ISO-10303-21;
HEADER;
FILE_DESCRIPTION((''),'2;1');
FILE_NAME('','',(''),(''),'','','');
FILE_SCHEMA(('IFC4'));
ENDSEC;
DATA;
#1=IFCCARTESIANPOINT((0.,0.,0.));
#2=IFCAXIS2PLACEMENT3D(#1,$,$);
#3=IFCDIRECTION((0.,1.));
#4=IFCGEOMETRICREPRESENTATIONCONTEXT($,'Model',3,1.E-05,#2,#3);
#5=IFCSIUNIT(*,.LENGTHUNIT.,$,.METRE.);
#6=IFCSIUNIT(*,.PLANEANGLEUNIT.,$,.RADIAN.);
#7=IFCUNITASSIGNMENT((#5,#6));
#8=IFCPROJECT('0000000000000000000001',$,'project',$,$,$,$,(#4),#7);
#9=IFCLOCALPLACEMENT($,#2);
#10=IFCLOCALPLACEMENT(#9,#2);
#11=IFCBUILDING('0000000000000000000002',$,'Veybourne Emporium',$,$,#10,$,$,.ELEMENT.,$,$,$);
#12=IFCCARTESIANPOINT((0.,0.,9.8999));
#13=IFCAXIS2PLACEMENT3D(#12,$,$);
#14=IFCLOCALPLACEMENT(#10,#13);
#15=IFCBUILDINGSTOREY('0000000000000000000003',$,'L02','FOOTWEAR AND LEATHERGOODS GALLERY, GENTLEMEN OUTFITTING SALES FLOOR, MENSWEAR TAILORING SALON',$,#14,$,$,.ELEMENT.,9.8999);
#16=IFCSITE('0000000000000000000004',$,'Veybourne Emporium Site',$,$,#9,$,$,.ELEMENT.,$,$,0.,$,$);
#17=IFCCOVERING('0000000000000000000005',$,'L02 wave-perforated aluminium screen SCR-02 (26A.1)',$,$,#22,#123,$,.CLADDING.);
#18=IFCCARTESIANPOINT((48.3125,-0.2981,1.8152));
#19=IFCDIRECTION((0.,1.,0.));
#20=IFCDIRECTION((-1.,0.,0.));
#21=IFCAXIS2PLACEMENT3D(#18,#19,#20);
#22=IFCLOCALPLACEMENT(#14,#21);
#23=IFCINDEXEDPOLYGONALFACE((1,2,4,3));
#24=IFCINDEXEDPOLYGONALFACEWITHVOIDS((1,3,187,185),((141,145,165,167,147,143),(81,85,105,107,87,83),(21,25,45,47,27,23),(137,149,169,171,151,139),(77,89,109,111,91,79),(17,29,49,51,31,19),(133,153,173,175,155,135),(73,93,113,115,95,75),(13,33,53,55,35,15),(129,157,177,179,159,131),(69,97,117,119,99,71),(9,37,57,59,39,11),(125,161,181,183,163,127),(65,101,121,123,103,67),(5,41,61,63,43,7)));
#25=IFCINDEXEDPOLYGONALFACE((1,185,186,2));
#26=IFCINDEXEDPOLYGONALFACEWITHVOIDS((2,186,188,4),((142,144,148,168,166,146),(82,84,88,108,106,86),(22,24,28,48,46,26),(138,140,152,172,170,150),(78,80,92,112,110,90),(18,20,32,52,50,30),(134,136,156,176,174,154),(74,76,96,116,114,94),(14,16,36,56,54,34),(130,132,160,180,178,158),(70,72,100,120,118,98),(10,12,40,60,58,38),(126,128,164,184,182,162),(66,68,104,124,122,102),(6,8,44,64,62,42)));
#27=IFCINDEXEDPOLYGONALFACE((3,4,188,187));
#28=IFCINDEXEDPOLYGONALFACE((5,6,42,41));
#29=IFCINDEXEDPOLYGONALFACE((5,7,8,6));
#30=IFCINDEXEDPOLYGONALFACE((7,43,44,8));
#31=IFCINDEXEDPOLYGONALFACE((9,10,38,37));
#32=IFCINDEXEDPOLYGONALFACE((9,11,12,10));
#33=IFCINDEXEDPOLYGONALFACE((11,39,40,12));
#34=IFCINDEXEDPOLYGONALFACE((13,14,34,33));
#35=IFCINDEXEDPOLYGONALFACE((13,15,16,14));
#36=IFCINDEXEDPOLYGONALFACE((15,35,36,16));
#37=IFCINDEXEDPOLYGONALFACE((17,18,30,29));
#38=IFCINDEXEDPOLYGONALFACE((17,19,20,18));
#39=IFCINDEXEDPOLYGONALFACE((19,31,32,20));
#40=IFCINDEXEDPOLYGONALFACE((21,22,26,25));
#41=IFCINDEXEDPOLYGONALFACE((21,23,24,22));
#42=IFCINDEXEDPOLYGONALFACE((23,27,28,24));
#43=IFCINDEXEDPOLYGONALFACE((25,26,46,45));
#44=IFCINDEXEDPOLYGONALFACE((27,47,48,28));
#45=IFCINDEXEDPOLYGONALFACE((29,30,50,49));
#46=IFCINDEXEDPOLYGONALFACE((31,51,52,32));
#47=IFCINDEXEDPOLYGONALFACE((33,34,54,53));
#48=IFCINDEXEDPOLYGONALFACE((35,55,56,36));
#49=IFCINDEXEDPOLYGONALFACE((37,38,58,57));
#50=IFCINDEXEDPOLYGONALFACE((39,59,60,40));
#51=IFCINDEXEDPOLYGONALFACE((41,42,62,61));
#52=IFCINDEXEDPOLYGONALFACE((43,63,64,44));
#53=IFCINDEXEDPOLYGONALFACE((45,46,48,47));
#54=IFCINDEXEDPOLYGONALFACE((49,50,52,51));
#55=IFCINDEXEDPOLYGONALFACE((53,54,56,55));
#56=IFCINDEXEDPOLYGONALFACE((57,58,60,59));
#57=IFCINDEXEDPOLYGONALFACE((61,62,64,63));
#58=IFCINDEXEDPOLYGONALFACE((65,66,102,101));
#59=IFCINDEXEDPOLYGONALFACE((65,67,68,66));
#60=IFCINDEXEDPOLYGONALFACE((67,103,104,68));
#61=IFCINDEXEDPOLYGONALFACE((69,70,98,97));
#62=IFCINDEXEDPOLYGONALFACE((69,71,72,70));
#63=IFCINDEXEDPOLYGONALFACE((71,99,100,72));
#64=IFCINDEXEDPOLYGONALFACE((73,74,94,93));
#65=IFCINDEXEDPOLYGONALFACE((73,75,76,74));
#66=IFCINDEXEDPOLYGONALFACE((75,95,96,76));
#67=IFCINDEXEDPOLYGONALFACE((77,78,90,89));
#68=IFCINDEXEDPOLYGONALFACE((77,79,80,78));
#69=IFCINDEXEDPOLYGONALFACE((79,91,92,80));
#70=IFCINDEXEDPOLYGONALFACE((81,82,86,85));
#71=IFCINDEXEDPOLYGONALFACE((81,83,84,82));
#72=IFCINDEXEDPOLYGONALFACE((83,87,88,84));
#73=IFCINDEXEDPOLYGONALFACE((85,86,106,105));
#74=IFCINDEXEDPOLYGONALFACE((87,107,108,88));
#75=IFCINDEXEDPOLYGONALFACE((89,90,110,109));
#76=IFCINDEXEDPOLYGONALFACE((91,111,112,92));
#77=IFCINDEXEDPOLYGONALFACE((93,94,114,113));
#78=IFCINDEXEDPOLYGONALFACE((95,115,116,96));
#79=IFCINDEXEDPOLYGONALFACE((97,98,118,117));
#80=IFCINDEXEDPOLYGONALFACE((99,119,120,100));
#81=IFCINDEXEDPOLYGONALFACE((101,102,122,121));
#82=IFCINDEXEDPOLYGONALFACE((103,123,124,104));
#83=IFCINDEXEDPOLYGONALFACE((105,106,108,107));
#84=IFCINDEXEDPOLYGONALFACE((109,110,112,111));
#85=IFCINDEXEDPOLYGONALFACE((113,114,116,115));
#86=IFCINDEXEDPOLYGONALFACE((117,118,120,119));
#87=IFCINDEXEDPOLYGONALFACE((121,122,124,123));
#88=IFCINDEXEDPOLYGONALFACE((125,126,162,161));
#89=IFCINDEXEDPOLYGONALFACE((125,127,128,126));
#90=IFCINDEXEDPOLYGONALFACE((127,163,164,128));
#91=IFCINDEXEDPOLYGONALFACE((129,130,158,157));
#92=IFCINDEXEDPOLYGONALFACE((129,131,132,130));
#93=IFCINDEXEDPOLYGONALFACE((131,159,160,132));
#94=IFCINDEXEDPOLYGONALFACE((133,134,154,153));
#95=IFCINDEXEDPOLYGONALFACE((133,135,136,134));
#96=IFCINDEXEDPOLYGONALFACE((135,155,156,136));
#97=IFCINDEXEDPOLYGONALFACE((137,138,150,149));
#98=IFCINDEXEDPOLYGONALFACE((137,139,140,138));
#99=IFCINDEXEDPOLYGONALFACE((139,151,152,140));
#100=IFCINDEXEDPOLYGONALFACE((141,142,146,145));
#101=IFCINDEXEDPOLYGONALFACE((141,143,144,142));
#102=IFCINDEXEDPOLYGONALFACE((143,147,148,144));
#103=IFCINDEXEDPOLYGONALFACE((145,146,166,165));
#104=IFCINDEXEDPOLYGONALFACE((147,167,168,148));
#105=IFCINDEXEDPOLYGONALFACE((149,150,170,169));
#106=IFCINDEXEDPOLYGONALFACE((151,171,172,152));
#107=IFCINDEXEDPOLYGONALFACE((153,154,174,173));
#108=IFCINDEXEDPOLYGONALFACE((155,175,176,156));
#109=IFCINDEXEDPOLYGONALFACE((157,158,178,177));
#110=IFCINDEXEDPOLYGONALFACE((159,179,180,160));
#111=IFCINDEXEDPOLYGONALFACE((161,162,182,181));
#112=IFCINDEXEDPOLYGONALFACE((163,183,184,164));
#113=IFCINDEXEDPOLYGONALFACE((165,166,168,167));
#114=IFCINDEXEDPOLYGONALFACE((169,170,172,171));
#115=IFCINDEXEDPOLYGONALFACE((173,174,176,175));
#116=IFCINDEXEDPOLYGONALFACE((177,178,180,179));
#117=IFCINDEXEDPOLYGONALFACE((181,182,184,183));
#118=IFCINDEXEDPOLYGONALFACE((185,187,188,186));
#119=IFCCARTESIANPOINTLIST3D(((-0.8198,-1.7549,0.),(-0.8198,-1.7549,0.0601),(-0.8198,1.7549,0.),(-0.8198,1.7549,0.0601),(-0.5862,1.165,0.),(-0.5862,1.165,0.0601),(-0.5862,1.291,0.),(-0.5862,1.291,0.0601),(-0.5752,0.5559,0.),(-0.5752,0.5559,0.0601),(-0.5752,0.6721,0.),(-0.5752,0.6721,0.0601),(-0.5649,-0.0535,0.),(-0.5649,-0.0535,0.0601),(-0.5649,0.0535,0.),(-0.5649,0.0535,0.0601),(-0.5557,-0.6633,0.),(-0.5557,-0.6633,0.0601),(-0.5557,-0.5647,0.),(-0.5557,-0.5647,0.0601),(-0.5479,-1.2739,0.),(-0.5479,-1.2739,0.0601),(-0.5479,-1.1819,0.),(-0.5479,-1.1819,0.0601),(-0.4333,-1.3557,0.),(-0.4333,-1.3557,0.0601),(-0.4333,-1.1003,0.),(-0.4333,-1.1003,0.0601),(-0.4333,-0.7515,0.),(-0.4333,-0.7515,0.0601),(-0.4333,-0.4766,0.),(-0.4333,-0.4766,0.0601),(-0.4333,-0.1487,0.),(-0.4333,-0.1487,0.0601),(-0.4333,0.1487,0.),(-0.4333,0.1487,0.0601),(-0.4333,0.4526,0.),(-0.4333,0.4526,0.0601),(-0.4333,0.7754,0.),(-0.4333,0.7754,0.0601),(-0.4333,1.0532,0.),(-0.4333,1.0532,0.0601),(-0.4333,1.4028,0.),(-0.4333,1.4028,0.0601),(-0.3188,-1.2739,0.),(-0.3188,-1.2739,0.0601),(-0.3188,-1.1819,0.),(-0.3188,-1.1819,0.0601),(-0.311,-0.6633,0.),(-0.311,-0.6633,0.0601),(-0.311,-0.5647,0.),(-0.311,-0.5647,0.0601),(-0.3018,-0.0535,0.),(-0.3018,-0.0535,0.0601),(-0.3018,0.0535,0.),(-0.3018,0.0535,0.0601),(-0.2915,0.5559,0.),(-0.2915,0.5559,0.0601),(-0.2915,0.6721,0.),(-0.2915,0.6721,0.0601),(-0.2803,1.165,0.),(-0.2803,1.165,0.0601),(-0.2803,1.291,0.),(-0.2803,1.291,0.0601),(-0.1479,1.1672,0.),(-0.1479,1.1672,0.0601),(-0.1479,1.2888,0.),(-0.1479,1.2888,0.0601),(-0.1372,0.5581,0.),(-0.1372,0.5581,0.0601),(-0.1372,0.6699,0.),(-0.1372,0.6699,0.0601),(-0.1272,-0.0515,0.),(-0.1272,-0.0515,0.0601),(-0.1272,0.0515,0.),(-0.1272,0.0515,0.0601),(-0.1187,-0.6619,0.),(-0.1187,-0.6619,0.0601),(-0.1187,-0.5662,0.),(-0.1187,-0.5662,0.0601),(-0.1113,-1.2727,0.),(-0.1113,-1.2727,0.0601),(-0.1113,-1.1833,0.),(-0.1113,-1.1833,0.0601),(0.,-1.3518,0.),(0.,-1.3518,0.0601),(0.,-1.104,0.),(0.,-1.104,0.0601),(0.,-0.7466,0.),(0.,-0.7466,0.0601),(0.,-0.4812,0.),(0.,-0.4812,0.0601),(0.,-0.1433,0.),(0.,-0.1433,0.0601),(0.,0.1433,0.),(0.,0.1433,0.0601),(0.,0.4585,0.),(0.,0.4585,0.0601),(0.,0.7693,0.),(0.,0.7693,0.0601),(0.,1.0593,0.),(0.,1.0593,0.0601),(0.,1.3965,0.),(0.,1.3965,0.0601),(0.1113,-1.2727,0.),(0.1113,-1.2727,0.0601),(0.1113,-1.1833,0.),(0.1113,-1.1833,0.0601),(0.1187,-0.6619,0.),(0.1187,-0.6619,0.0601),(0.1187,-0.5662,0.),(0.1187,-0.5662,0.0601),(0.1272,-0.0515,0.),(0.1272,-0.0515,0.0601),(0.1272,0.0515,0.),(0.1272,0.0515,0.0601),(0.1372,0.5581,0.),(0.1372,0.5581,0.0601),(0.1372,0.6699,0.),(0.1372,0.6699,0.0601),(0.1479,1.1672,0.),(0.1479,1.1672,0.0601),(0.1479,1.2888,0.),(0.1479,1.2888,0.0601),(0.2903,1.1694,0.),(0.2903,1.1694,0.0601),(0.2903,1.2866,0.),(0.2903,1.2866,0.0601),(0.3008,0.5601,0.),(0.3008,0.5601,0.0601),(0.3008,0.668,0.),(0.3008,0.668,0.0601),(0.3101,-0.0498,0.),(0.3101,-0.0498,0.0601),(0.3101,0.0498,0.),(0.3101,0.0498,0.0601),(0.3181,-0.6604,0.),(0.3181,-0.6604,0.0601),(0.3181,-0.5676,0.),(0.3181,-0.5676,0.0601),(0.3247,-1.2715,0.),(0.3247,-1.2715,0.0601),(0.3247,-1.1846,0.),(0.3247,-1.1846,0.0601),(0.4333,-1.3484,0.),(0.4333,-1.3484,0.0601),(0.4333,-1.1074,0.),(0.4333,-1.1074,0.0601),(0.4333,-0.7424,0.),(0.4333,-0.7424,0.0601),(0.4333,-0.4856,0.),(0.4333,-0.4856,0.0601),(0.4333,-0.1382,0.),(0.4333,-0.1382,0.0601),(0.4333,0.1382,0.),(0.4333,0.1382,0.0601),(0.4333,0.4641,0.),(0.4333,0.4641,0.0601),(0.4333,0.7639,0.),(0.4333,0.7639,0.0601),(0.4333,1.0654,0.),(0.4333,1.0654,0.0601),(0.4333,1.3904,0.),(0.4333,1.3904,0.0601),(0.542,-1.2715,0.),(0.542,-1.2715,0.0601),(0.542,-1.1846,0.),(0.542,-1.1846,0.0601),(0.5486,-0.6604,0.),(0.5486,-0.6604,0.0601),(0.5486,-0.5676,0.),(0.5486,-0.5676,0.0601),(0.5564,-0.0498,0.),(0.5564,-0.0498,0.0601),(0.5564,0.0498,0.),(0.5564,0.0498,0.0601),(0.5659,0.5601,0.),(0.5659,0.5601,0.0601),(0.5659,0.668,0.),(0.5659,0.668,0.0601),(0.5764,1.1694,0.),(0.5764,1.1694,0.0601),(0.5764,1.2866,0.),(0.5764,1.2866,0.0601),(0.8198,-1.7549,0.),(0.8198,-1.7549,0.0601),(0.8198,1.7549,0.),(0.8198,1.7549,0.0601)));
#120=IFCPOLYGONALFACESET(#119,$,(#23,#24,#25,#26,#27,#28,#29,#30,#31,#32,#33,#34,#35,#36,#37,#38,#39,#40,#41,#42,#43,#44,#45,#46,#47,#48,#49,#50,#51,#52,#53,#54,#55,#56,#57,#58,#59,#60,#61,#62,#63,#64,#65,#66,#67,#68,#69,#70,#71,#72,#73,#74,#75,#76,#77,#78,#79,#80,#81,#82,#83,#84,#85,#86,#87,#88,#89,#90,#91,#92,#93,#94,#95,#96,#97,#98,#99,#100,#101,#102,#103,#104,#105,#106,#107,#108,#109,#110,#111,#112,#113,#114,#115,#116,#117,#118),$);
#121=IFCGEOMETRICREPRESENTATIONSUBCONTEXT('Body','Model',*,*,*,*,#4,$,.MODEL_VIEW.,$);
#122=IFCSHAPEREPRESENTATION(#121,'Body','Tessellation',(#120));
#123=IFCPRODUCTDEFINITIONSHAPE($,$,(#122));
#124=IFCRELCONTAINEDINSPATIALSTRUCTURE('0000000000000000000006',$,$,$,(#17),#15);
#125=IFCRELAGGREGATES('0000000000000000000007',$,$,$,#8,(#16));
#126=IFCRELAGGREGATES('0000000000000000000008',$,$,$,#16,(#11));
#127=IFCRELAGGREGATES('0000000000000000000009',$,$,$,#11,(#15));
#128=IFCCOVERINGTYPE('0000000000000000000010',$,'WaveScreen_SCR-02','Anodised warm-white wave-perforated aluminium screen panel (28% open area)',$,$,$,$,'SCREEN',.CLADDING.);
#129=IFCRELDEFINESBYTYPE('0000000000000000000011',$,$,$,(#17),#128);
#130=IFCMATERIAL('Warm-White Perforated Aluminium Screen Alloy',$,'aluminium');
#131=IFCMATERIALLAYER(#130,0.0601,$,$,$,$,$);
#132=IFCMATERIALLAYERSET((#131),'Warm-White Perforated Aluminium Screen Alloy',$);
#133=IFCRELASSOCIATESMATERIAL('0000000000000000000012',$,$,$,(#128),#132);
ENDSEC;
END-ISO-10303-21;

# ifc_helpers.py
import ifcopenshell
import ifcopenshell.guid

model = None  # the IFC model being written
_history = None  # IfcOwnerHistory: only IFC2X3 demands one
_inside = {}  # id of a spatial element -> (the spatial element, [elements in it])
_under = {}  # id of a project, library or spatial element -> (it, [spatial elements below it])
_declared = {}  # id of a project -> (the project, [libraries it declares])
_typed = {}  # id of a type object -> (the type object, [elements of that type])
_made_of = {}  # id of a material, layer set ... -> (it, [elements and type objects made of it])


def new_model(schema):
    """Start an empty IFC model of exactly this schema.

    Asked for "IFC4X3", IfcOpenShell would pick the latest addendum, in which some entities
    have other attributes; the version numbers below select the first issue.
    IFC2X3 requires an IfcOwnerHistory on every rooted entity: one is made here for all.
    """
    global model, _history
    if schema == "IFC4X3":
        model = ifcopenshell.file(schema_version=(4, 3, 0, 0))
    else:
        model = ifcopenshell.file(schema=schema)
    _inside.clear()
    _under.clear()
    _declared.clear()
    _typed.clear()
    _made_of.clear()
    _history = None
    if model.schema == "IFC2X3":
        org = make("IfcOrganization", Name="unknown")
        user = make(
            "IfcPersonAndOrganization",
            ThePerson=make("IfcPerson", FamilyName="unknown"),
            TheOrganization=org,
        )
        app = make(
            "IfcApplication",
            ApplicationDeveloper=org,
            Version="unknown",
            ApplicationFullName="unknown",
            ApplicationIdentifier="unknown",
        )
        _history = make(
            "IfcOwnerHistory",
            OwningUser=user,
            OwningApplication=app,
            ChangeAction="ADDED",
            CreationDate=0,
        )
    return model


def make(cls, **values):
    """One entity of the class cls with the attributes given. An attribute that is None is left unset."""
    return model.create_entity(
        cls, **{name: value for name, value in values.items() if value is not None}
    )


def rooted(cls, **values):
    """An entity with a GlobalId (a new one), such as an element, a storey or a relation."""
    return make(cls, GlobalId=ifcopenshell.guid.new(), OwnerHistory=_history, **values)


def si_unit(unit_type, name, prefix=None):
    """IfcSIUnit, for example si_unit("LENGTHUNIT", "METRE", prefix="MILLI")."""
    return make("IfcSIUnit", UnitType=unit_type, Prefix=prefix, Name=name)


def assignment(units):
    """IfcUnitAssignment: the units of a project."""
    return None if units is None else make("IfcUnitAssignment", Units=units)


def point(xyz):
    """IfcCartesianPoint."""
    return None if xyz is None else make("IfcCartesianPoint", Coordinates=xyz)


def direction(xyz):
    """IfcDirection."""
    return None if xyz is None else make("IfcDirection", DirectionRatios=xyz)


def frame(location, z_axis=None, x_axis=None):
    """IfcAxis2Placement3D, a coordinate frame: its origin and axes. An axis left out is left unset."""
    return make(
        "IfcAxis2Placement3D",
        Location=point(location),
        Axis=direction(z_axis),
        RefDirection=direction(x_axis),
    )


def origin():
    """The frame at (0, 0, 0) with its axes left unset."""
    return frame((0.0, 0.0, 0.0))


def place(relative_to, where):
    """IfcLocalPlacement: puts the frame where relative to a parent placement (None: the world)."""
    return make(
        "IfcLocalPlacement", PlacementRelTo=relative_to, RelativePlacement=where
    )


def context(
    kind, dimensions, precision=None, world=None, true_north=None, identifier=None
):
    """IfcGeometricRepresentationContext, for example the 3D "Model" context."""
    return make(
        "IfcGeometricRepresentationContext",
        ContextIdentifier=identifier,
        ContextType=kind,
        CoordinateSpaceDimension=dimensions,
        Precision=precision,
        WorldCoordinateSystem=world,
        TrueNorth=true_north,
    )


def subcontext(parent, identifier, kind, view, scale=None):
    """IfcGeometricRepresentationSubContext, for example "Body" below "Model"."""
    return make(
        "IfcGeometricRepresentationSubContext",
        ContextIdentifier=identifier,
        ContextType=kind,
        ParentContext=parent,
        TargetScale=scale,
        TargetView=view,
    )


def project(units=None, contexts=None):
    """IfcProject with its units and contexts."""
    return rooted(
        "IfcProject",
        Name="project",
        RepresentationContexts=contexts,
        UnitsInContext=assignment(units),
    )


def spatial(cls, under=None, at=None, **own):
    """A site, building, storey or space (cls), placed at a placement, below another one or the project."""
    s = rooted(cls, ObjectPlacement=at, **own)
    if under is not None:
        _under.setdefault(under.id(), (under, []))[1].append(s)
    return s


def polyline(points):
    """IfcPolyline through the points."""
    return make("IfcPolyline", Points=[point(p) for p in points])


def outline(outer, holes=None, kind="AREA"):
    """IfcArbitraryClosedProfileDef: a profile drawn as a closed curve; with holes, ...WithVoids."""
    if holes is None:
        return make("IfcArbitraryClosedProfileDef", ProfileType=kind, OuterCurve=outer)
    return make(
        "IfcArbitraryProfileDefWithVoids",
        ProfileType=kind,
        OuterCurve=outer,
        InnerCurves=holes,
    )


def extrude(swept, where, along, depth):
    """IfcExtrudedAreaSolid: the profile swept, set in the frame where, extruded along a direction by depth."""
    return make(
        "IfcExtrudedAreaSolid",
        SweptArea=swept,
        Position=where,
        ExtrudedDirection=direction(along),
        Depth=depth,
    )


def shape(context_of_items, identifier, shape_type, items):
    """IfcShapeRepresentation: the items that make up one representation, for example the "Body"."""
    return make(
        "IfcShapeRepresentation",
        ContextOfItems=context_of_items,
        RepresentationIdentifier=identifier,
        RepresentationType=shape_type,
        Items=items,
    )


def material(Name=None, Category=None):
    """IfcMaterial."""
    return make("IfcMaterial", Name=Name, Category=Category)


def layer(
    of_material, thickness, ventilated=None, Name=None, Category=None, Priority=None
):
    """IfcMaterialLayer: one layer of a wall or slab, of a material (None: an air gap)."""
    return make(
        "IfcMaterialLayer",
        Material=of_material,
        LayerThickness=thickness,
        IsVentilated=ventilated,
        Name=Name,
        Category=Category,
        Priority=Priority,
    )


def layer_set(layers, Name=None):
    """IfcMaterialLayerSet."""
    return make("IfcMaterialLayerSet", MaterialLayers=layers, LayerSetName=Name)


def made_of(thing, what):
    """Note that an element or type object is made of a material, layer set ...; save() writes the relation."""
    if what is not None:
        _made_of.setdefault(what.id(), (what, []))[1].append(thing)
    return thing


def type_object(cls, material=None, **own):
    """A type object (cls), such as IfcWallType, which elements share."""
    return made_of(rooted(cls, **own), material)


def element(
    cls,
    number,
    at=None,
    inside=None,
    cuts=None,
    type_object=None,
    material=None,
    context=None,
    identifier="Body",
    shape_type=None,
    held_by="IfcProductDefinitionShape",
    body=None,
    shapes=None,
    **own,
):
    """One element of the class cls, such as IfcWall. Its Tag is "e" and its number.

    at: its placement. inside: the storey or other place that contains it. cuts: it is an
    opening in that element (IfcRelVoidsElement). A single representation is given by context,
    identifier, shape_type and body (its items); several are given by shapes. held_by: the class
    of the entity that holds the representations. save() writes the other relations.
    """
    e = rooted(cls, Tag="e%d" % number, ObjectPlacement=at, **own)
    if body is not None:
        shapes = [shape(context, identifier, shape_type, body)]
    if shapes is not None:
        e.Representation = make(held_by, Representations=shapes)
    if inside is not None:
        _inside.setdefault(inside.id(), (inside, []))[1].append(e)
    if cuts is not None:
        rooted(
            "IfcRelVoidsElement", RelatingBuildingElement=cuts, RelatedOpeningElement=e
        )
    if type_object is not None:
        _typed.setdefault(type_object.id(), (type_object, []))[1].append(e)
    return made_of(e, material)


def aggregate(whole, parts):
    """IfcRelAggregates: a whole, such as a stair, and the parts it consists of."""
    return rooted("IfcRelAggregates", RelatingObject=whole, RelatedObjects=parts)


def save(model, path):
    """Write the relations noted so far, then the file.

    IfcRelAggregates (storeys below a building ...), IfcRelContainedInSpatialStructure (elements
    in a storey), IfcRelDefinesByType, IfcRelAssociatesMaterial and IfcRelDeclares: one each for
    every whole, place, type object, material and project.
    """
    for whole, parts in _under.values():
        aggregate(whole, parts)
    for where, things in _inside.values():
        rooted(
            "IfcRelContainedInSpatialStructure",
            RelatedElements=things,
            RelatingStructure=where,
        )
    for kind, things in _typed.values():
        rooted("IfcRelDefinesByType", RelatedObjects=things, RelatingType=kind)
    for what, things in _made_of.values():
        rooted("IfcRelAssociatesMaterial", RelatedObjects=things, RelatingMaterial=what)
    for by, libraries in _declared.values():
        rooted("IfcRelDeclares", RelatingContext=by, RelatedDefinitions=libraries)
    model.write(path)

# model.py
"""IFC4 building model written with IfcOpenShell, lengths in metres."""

from ifc_helpers import new_model, si_unit, direction, frame, origin, place, context, subcontext, project, spatial, polyline, outline, extrude, material, layer, layer_set, type_object, element, save


model = new_model("IFC4")

# Units and contexts
model_context = context("Model", 3, precision=1e-05, world=origin(), true_north=direction((0.0, 1.0)))
body_context = subcontext(model_context, "Body", "Model", "MODEL_VIEW")
ifc_project = project(units=[si_unit("LENGTHUNIT", "METRE"), si_unit("PLANEANGLEUNIT", "RADIAN")], contexts=[model_context])

# Site, building, storey
site_placement = place(None, origin())
site = spatial("IfcSite", under=ifc_project, at=site_placement, Name="Veybourne Emporium Site", CompositionType="ELEMENT", RefElevation=0.0)
building_placement = place(site_placement, origin())
building = spatial("IfcBuilding", under=site, at=building_placement, Name="Veybourne Emporium", CompositionType="ELEMENT")
storey_placement = place(building_placement, frame((0.0, 0.0, 9.8999)))
storey = spatial("IfcBuildingStorey", under=building, at=storey_placement, Name="L02", Description="FOOTWEAR AND LEATHERGOODS GALLERY, GENTLEMEN OUTFITTING SALES FLOOR, MENSWEAR TAILORING SALON", CompositionType="ELEMENT", Elevation=9.8999)

# Covering
ifc_material_1 = material(Name="Warm-White Perforated Aluminium Screen Alloy", Category="aluminium")
ifc_layer_1 = layer(ifc_material_1, 0.0601)
ifc_layer_set_1 = layer_set([ifc_layer_1], Name="Warm-White Perforated Aluminium Screen Alloy")
covering_type_1 = type_object("IfcCoveringType", Name="WaveScreen_SCR-02", Description="Anodised warm-white wave-perforated aluminium screen panel (28% open area)", ElementType="SCREEN", PredefinedType="CLADDING", material=ifc_layer_set_1)
covering_1_placement = place(storey_placement, frame((48.3125, -0.2981, 1.8152), z_axis=(0.0, 1.0, 0.0), x_axis=(-1.0, 0.0, 0.0)))
element("IfcCovering", 1, at=covering_1_placement, inside=storey, type_object=covering_type_1, Name="L02 wave-perforated aluminium screen SCR-02 (26A.1)", PredefinedType="CLADDING", context=body_context, shape_type="SweptSolid", body=[
    extrude(outline(polyline([(-0.8198, -1.7549), (0.8198, -1.7549), (0.8198, 1.7549), (-0.8198, 1.7549), (-0.8198, -1.7549)]), holes=[polyline([(-0.4333, -1.1003), (-0.3188, -1.1819), (-0.3188, -1.2739), (-0.4333, -1.3557), (-0.5479, -1.2739), (-0.5479, -1.1819), (-0.4333, -1.1003)]), polyline([(-0.4333, -0.4766), (-0.311, -0.5647), (-0.311, -0.6633), (-0.4333, -0.7515), (-0.5557, -0.6633), (-0.5557, -0.5647), (-0.4333, -0.4766)]), polyline([(-0.4333, 0.1487), (-0.3018, 0.0535), (-0.3018, -0.0535), (-0.4333, -0.1487), (-0.5649, -0.0535), (-0.5649, 0.0535), (-0.4333, 0.1487)]), polyline([(-0.4333, 0.7754), (-0.2915, 0.6721), (-0.2915, 0.5559), (-0.4333, 0.4526), (-0.5752, 0.5559), (-0.5752, 0.6721), (-0.4333, 0.7754)]), polyline([(-0.4333, 1.4028), (-0.2803, 1.291), (-0.2803, 1.165), (-0.4333, 1.0532), (-0.5862, 1.165), (-0.5862, 1.291), (-0.4333, 1.4028)]), polyline([(0.0, -1.104), (0.1113, -1.1833), (0.1113, -1.2727), (0.0, -1.3518), (-0.1113, -1.2727), (-0.1113, -1.1833), (0.0, -1.104)]), polyline([(0.0, -0.4812), (0.1187, -0.5662), (0.1187, -0.6619), (0.0, -0.7466), (-0.1187, -0.6619), (-0.1187, -0.5662), (0.0, -0.4812)]), polyline([(0.0, 0.1433), (0.1272, 0.0515), (0.1272, -0.0515), (0.0, -0.1433), (-0.1272, -0.0515), (-0.1272, 0.0515), (0.0, 0.1433)]), polyline([(0.0, 0.7693), (0.1372, 0.6699), (0.1372, 0.5581), (0.0, 0.4585), (-0.1372, 0.5581), (-0.1372, 0.6699), (0.0, 0.7693)]), polyline([(0.0, 1.3965), (0.1479, 1.2888), (0.1479, 1.1672), (0.0, 1.0593), (-0.1479, 1.1672), (-0.1479, 1.2888), (0.0, 1.3965)]), polyline([(0.4333, -1.1074), (0.542, -1.1846), (0.542, -1.2715), (0.4333, -1.3484), (0.3247, -1.2715), (0.3247, -1.1846), (0.4333, -1.1074)]), polyline([(0.4333, -0.4856), (0.5486, -0.5676), (0.5486, -0.6604), (0.4333, -0.7424), (0.3181, -0.6604), (0.3181, -0.5676), (0.4333, -0.4856)]), polyline([(0.4333, 0.1382), (0.5564, 0.0498), (0.5564, -0.0498), (0.4333, -0.1382), (0.3101, -0.0498), (0.3101, 0.0498), (0.4333, 0.1382)]), polyline([(0.4333, 0.7639), (0.5659, 0.668), (0.5659, 0.5601), (0.4333, 0.4641), (0.3008, 0.5601), (0.3008, 0.668), (0.4333, 0.7639)]), polyline([(0.4333, 1.3904), (0.5764, 1.2866), (0.5764, 1.1694), (0.4333, 1.0654), (0.2903, 1.1694), (0.2903, 1.2866), (0.4333, 1.3904)])]), origin(), (0.0, 0.0, 1.0), 0.0601),
])

save(model, "model.ifc")
